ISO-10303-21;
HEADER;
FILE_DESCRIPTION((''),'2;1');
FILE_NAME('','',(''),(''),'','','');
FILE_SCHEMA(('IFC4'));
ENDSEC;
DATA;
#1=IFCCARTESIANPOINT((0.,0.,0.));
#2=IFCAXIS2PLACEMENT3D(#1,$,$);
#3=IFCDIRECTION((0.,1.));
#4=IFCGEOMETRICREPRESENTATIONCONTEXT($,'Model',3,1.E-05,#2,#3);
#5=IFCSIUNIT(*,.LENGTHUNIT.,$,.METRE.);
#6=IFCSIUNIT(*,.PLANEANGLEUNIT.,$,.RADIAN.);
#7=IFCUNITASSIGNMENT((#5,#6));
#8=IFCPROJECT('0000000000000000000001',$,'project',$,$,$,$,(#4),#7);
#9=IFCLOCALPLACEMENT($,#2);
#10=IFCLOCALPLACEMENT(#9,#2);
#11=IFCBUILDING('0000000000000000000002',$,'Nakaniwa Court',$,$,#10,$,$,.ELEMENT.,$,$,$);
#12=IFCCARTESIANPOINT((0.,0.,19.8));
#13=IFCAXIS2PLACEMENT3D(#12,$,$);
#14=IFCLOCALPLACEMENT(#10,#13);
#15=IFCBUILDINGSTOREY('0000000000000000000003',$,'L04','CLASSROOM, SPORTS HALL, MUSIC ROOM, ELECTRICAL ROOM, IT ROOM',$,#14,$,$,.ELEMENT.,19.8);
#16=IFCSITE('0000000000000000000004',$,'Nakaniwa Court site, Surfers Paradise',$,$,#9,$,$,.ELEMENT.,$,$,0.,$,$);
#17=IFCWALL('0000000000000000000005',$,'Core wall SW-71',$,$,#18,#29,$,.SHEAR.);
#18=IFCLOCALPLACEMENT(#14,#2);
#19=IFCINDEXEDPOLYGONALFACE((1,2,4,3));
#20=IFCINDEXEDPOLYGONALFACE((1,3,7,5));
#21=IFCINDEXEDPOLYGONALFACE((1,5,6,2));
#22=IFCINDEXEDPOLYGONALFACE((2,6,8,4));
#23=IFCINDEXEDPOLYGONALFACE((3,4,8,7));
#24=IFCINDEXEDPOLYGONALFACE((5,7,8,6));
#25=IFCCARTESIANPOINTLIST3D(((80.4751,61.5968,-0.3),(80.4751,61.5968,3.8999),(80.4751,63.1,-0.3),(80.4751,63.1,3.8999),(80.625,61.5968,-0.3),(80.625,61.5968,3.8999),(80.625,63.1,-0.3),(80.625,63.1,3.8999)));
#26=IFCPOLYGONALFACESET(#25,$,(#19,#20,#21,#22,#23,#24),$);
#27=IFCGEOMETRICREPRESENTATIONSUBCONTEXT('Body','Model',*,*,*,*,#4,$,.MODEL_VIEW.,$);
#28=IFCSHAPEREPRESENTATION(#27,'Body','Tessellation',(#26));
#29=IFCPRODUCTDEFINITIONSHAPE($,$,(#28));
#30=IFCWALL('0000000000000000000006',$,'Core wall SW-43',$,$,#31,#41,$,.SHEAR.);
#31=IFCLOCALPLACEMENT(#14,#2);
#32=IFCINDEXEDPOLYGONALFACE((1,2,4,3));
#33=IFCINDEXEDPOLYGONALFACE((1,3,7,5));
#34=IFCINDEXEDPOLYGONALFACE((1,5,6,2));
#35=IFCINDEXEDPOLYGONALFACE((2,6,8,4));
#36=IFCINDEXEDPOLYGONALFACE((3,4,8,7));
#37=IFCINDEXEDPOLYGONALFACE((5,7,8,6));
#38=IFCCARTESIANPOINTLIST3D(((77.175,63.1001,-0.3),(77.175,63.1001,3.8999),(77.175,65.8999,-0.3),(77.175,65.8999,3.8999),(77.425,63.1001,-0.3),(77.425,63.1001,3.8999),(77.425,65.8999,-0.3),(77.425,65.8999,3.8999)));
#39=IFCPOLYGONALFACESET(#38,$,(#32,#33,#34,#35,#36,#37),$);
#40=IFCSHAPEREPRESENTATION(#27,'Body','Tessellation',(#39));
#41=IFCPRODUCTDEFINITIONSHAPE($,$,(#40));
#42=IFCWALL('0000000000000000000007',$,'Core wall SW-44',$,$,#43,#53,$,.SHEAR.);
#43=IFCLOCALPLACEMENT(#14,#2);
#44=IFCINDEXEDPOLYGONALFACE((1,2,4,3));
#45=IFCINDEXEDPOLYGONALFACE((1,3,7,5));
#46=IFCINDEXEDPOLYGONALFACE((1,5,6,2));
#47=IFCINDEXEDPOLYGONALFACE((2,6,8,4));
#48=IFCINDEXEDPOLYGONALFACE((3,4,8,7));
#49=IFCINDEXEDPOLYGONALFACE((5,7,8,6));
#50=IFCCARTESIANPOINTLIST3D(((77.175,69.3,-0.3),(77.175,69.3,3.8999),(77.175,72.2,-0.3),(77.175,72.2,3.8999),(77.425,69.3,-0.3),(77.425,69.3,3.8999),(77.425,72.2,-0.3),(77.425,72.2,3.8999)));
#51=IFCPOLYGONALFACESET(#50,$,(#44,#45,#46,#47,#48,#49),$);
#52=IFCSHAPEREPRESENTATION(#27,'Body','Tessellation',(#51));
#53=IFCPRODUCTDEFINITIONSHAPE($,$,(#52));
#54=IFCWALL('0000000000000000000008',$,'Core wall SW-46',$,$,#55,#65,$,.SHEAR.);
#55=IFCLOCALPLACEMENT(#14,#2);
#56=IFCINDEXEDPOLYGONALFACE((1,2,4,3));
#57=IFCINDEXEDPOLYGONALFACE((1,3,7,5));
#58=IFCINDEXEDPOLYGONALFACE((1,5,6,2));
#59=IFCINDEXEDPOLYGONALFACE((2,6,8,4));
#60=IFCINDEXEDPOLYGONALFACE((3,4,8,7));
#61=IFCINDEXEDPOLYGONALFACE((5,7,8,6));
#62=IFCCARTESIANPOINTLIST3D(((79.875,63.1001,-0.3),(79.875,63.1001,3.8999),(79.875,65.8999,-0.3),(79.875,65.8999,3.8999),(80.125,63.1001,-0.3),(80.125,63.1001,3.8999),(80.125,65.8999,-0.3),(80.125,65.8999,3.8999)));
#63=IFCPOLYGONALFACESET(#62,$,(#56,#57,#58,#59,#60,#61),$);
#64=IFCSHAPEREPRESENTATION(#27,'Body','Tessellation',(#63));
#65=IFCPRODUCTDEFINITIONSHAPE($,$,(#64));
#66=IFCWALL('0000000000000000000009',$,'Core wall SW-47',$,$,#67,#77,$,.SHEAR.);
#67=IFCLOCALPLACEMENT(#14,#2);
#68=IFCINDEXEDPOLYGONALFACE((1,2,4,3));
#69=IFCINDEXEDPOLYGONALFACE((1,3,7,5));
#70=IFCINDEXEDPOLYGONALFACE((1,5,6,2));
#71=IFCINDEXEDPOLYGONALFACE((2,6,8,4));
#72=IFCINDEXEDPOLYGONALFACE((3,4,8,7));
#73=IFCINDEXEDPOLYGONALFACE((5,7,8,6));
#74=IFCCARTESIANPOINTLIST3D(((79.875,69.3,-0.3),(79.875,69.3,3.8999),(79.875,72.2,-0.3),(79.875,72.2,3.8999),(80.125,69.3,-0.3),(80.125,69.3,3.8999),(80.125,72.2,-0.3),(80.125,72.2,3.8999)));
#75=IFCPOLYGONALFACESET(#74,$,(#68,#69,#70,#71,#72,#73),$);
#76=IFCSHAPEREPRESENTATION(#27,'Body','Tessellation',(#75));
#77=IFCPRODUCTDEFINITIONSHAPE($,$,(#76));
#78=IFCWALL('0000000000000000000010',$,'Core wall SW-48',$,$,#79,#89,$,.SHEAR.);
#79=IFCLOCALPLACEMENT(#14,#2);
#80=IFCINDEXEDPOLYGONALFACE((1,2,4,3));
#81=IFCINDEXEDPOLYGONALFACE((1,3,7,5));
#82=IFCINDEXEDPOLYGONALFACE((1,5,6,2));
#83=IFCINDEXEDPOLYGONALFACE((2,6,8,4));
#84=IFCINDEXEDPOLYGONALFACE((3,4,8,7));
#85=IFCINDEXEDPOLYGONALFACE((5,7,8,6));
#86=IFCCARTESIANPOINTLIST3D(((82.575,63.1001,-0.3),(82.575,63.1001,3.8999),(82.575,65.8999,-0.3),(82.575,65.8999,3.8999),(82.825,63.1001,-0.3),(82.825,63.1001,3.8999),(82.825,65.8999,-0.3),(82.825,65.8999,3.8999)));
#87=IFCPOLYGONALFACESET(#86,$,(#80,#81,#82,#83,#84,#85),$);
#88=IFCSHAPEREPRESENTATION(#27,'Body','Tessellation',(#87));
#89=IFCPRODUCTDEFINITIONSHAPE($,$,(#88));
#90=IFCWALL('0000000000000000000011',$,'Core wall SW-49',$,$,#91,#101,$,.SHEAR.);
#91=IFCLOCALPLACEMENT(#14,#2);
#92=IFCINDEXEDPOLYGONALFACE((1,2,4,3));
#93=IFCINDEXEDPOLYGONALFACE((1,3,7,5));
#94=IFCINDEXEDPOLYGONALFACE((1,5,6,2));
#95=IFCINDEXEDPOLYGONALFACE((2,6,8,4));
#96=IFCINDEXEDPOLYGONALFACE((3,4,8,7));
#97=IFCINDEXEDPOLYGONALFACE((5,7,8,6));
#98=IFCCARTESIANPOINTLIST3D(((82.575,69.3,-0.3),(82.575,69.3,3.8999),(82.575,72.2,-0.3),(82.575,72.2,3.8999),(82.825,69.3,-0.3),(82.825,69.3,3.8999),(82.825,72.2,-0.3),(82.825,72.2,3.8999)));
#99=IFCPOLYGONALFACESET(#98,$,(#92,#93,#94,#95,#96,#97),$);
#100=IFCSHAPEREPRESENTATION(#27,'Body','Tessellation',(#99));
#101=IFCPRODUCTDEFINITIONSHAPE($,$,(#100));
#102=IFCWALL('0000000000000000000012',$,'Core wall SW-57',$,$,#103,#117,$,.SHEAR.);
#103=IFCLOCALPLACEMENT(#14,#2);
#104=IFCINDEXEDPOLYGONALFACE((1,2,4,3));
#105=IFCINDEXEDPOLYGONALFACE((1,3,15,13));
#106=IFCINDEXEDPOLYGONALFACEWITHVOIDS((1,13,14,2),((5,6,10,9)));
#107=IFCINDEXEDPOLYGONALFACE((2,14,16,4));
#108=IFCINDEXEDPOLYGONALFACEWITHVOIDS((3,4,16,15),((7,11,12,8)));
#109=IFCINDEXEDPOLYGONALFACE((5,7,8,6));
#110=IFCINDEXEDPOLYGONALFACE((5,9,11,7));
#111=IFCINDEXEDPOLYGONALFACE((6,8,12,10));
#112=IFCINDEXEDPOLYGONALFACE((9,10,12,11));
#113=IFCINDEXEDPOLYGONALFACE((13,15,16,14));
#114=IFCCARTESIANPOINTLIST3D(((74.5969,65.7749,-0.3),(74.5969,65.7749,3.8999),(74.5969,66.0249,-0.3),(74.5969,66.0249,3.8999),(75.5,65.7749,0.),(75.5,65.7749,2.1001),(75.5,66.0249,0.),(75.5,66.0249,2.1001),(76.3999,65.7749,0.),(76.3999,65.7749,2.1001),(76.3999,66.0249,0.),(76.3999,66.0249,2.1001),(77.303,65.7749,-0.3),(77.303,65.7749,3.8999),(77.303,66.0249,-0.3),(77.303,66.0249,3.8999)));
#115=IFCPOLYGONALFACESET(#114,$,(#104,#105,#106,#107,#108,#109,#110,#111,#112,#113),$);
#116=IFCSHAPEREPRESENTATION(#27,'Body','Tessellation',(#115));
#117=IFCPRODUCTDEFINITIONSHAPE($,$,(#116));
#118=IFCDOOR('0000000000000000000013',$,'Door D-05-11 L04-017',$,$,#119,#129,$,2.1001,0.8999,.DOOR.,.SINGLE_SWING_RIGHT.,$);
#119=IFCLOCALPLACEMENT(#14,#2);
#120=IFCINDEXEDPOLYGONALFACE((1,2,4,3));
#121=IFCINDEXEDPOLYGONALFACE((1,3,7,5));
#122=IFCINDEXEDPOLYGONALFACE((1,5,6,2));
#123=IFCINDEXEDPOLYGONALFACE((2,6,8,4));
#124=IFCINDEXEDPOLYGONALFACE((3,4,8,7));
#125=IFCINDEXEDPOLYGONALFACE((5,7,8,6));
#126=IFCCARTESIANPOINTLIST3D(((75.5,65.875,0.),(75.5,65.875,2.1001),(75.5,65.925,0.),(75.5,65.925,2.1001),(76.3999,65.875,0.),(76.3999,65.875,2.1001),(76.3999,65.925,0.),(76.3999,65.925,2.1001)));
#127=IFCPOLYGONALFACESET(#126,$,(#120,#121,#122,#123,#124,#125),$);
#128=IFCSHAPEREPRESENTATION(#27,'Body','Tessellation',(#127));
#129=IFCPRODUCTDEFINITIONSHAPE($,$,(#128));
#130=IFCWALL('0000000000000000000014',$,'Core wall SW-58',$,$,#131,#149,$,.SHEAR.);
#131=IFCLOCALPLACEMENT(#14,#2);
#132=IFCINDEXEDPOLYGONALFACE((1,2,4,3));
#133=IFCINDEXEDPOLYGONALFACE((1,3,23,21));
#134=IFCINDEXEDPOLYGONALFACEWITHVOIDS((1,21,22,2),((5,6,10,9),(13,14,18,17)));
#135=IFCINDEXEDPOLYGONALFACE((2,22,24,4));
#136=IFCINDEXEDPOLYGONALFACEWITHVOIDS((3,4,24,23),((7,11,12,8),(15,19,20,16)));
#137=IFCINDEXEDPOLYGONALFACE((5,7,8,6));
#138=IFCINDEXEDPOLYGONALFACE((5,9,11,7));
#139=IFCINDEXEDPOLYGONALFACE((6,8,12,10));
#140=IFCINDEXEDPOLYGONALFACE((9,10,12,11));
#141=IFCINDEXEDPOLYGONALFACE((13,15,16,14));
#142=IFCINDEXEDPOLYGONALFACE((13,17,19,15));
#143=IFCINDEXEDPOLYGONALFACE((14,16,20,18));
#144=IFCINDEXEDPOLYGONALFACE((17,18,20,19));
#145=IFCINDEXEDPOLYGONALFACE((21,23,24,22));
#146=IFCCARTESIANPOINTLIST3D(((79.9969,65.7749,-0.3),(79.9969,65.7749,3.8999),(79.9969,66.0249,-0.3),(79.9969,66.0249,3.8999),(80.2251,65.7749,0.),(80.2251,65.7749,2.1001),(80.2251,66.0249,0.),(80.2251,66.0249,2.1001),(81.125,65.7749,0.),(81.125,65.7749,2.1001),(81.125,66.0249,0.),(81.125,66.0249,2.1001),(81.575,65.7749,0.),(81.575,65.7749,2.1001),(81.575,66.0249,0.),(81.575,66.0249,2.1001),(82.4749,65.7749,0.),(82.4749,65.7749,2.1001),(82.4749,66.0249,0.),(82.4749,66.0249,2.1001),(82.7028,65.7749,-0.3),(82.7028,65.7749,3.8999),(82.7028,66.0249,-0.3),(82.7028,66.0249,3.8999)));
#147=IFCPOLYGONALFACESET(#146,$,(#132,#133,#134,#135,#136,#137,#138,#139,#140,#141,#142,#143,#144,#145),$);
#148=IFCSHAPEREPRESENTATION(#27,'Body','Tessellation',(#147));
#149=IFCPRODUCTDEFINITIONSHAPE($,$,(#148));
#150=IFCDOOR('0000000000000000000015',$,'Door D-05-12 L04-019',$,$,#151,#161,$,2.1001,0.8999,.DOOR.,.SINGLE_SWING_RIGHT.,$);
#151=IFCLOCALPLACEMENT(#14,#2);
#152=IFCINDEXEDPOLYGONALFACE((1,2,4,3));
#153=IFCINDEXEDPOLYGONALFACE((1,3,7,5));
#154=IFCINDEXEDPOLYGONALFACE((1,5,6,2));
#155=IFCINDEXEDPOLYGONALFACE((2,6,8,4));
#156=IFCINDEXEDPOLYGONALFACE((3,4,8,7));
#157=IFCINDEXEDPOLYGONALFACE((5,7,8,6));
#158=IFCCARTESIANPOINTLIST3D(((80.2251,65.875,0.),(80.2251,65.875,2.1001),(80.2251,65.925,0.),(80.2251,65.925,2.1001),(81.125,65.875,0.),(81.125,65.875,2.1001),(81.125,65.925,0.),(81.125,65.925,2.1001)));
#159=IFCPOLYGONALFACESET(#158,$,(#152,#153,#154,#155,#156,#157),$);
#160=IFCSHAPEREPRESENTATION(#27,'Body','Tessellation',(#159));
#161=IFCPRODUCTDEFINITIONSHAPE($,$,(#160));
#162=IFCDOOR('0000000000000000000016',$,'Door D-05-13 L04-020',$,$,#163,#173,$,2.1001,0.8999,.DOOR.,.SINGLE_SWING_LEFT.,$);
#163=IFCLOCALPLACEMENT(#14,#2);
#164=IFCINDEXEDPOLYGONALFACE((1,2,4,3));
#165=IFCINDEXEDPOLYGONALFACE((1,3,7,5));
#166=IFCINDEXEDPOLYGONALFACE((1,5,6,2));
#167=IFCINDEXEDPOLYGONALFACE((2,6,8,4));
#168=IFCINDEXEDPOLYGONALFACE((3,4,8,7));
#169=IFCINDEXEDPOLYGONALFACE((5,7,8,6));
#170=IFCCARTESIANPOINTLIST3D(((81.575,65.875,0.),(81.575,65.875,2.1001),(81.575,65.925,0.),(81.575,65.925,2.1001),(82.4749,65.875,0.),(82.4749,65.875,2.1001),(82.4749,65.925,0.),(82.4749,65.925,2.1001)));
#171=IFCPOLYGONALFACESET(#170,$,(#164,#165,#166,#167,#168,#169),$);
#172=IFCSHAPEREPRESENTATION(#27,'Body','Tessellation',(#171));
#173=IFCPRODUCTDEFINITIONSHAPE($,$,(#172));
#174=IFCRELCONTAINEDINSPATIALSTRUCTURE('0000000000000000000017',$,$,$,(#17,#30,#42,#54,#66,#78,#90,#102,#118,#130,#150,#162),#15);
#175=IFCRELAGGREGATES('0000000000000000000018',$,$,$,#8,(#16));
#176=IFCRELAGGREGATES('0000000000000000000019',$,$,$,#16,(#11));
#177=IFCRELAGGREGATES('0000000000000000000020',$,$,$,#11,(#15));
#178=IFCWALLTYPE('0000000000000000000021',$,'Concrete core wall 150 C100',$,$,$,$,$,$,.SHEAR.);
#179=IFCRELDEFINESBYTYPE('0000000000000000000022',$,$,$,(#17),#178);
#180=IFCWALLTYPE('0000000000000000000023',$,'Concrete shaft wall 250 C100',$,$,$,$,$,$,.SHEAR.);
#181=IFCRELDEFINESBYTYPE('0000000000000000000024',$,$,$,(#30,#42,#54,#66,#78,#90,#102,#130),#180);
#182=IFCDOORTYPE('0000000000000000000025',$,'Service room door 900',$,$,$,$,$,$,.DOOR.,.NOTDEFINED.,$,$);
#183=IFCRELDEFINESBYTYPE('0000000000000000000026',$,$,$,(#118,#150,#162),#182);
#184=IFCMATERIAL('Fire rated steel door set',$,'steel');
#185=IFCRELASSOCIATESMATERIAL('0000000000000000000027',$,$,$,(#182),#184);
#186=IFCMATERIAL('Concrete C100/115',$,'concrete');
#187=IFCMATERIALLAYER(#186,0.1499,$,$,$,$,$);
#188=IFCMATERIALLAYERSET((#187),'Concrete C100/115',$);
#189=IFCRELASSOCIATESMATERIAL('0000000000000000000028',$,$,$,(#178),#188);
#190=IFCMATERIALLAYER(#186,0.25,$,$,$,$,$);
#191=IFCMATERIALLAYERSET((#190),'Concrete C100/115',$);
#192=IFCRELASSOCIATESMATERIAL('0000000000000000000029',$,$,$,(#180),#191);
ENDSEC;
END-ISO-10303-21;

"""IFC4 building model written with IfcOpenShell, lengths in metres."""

from ifc_helpers import new_model, si_unit, direction, frame, frame_2d, origin, place, context, subcontext, project, spatial, rectangle, extrude, material, layer, layer_set, type_object, element, fill, save


model = new_model("IFC4")

# Units and contexts
model_context = context("Model", 3, precision=1e-05, world=origin(), true_north=direction((0.0, 1.0)))
body_context = subcontext(model_context, "Body", "Model", "MODEL_VIEW")
ifc_project = project(units=[si_unit("LENGTHUNIT", "METRE"), si_unit("PLANEANGLEUNIT", "RADIAN")], contexts=[model_context])

# Site, building, storey
site_placement = place(None, origin())
site = spatial("IfcSite", under=ifc_project, at=site_placement, Name="Nakaniwa Court site, Surfers Paradise", CompositionType="ELEMENT", RefElevation=0.0)
building_placement = place(site_placement, origin())
building = spatial("IfcBuilding", under=site, at=building_placement, Name="Nakaniwa Court", CompositionType="ELEMENT")
storey_placement = place(building_placement, frame((0.0, 0.0, 19.8)))
storey = spatial("IfcBuildingStorey", under=building, at=storey_placement, Name="L04", Description="CLASSROOM, SPORTS HALL, MUSIC ROOM, ELECTRICAL ROOM, IT ROOM", CompositionType="ELEMENT", Elevation=19.8)

# Shared definitions
ifc_material_1 = material(Name="Fire rated steel door set", Category="steel")

# Shared definitions
door_type_1 = type_object("IfcDoorType", Name="Service room door 900", OperationType="NOTDEFINED", PredefinedType="DOOR", material=ifc_material_1)

# Walls
ifc_material_2 = material(Name="Concrete C100/115", Category="concrete")
ifc_layer_1 = layer(ifc_material_2, 0.1499)
ifc_layer_set_1 = layer_set([ifc_layer_1], Name="Concrete C100/115")
wall_type_1 = type_object("IfcWallType", Name="Concrete core wall 150 C100", PredefinedType="SHEAR", material=ifc_layer_set_1)
wall_1_placement = place(storey_placement, frame((80.55, 61.5969, -0.3), z_axis=(0.0, 0.0, 1.0), x_axis=(0.0, 1.0, 0.0)))
element("IfcWall", 1, at=wall_1_placement, inside=storey, type_object=wall_type_1, Name="Core wall SW-71", PredefinedType="SHEAR", context=body_context, shape_type="SweptSolid", body=[
    extrude(rectangle(XDim=1.5032, YDim=0.1499, at=frame_2d((0.7515, 0.0))), origin(), (0.0, 0.0, 1.0), 4.2),
])
ifc_layer_2 = layer(ifc_material_2, 0.25)
ifc_layer_set_2 = layer_set([ifc_layer_2], Name="Concrete C100/115")
wall_type_2 = type_object("IfcWallType", Name="Concrete shaft wall 250 C100", PredefinedType="SHEAR", material=ifc_layer_set_2)
wall_2_placement = place(storey_placement, frame((77.3, 63.1001, -0.3), z_axis=(0.0, 0.0, 1.0), x_axis=(0.0, 1.0, 0.0)))
element("IfcWall", 2, at=wall_2_placement, inside=storey, type_object=wall_type_2, Name="Core wall SW-43", PredefinedType="SHEAR", context=body_context, shape_type="SweptSolid", body=[
    extrude(rectangle(XDim=2.7998, YDim=0.25, at=frame_2d((1.3999, 0.0))), origin(), (0.0, 0.0, 1.0), 4.2),
])
wall_3_placement = place(storey_placement, frame((77.3, 69.3, -0.3), z_axis=(0.0, 0.0, 1.0), x_axis=(0.0, 1.0, 0.0)))
element("IfcWall", 3, at=wall_3_placement, inside=storey, type_object=wall_type_2, Name="Core wall SW-44", PredefinedType="SHEAR", context=body_context, shape_type="SweptSolid", body=[
    extrude(rectangle(XDim=2.8999, YDim=0.25, at=frame_2d((1.45, 0.0))), origin(), (0.0, 0.0, 1.0), 4.2),
])
wall_4_placement = place(storey_placement, frame((80.0, 63.1001, -0.3), z_axis=(0.0, 0.0, 1.0), x_axis=(0.0, 1.0, 0.0)))
element("IfcWall", 4, at=wall_4_placement, inside=storey, type_object=wall_type_2, Name="Core wall SW-46", PredefinedType="SHEAR", context=body_context, shape_type="SweptSolid", body=[
    extrude(rectangle(XDim=2.7998, YDim=0.25, at=frame_2d((1.3999, 0.0))), origin(), (0.0, 0.0, 1.0), 4.2),
])
wall_5_placement = place(storey_placement, frame((80.0, 69.3, -0.3), z_axis=(0.0, 0.0, 1.0), x_axis=(0.0, 1.0, 0.0)))
element("IfcWall", 5, at=wall_5_placement, inside=storey, type_object=wall_type_2, Name="Core wall SW-47", PredefinedType="SHEAR", context=body_context, shape_type="SweptSolid", body=[
    extrude(rectangle(XDim=2.8999, YDim=0.25, at=frame_2d((1.45, 0.0))), origin(), (0.0, 0.0, 1.0), 4.2),
])
wall_6_placement = place(storey_placement, frame((82.7, 63.1001, -0.3), z_axis=(0.0, 0.0, 1.0), x_axis=(0.0, 1.0, 0.0)))
element("IfcWall", 6, at=wall_6_placement, inside=storey, type_object=wall_type_2, Name="Core wall SW-48", PredefinedType="SHEAR", context=body_context, shape_type="SweptSolid", body=[
    extrude(rectangle(XDim=2.7998, YDim=0.25, at=frame_2d((1.3999, 0.0))), origin(), (0.0, 0.0, 1.0), 4.2),
])
wall_7_placement = place(storey_placement, frame((82.7, 69.3, -0.3), z_axis=(0.0, 0.0, 1.0), x_axis=(0.0, 1.0, 0.0)))
element("IfcWall", 7, at=wall_7_placement, inside=storey, type_object=wall_type_2, Name="Core wall SW-49", PredefinedType="SHEAR", context=body_context, shape_type="SweptSolid", body=[
    extrude(rectangle(XDim=2.8999, YDim=0.25, at=frame_2d((1.45, 0.0))), origin(), (0.0, 0.0, 1.0), 4.2),
])

# Wall, opening, door
wall_8_placement = place(storey_placement, frame((77.303, 65.8999, -0.3), z_axis=(0.0, 0.0, 1.0), x_axis=(-1.0, 0.0, 0.0)))
wall_8 = element("IfcWall", 8, at=wall_8_placement, inside=storey, type_object=wall_type_2, Name="Core wall SW-57", PredefinedType="SHEAR", context=body_context, shape_type="SweptSolid", body=[
    extrude(rectangle(XDim=2.7061, YDim=0.25, at=frame_2d((1.353, 0.0))), origin(), (0.0, 0.0, 1.0), 4.2),
])
opening_1_placement = place(wall_8_placement, frame((0.9031, 0.0, 0.3)))
opening_1 = element("IfcOpeningElement", 9, at=opening_1_placement, cuts=wall_8, PredefinedType="OPENING", context=body_context, shape_type="SweptSolid", body=[
    extrude(rectangle(XDim=0.8999, YDim=2.1001, at=frame_2d((0.45, 1.05))), frame((0.0, 0.135, 0.0), z_axis=(0.0, -1.0, 0.0), x_axis=(1.0, 0.0, 0.0)), (0.0, 0.0, 1.0), 0.27),
])
door_1_placement = place(opening_1_placement, origin())
door_1 = element("IfcDoor", 10, at=door_1_placement, inside=storey, type_object=door_type_1, Name="Door D-05-11 L04-017", OperationType="SINGLE_SWING_RIGHT", OverallHeight=2.1001, OverallWidth=0.8999, PredefinedType="DOOR", context=body_context, shape_type="SweptSolid", body=[
    extrude(rectangle(XDim=0.8999, YDim=2.1001, at=frame_2d((0.45, 1.05))), frame((0.0, 0.0249, 0.0), z_axis=(0.0, -1.0, 0.0), x_axis=(1.0, 0.0, 0.0)), (0.0, 0.0, 1.0), 0.05),
])
fill(opening_1, door_1)

# Wall, openings, doors
wall_9_placement = place(storey_placement, frame((82.7029, 65.8999, -0.3), z_axis=(0.0, 0.0, 1.0), x_axis=(-1.0, 0.0, 0.0)))
wall_9 = element("IfcWall", 11, at=wall_9_placement, inside=storey, type_object=wall_type_2, Name="Core wall SW-58", PredefinedType="SHEAR", context=body_context, shape_type="SweptSolid", body=[
    extrude(rectangle(XDim=2.7058, YDim=0.25, at=frame_2d((1.353, 0.0))), origin(), (0.0, 0.0, 1.0), 4.2),
])
opening_2_placement = place(wall_9_placement, frame((1.5779, 0.0, 0.3)))
opening_2 = element("IfcOpeningElement", 12, at=opening_2_placement, cuts=wall_9, PredefinedType="OPENING", context=body_context, shape_type="SweptSolid", body=[
    extrude(rectangle(XDim=0.8999, YDim=2.1001, at=frame_2d((0.45, 1.05))), frame((0.0, 0.135, 0.0), z_axis=(0.0, -1.0, 0.0), x_axis=(1.0, 0.0, 0.0)), (0.0, 0.0, 1.0), 0.27),
])
opening_3_placement = place(wall_9_placement, frame((0.228, 0.0, 0.3)))
opening_3 = element("IfcOpeningElement", 13, at=opening_3_placement, cuts=wall_9, PredefinedType="OPENING", context=body_context, shape_type="SweptSolid", body=[
    extrude(rectangle(XDim=0.8999, YDim=2.1001, at=frame_2d((0.45, 1.05))), frame((0.0, 0.135, 0.0), z_axis=(0.0, -1.0, 0.0), x_axis=(1.0, 0.0, 0.0)), (0.0, 0.0, 1.0), 0.27),
])
door_2_placement = place(opening_2_placement, origin())
door_2 = element("IfcDoor", 14, at=door_2_placement, inside=storey, type_object=door_type_1, Name="Door D-05-12 L04-019", OperationType="SINGLE_SWING_RIGHT", OverallHeight=2.1001, OverallWidth=0.8999, PredefinedType="DOOR", context=body_context, shape_type="SweptSolid", body=[
    extrude(rectangle(XDim=0.8999, YDim=2.1001, at=frame_2d((0.45, 1.05))), frame((0.0, 0.0249, 0.0), z_axis=(0.0, -1.0, 0.0), x_axis=(1.0, 0.0, 0.0)), (0.0, 0.0, 1.0), 0.05),
])
fill(opening_2, door_2)
door_3_placement = place(opening_3_placement, origin())
door_3 = element("IfcDoor", 15, at=door_3_placement, inside=storey, type_object=door_type_1, Name="Door D-05-13 L04-020", OperationType="SINGLE_SWING_LEFT", OverallHeight=2.1001, OverallWidth=0.8999, PredefinedType="DOOR", context=body_context, shape_type="SweptSolid", body=[
    extrude(rectangle(XDim=0.8999, YDim=2.1001, at=frame_2d((0.45, 1.05))), frame((0.0, 0.0249, 0.0), z_axis=(0.0, -1.0, 0.0), x_axis=(1.0, 0.0, 0.0)), (0.0, 0.0, 1.0), 0.05),
])
fill(opening_3, door_3)

save(model, "model.ifc")
